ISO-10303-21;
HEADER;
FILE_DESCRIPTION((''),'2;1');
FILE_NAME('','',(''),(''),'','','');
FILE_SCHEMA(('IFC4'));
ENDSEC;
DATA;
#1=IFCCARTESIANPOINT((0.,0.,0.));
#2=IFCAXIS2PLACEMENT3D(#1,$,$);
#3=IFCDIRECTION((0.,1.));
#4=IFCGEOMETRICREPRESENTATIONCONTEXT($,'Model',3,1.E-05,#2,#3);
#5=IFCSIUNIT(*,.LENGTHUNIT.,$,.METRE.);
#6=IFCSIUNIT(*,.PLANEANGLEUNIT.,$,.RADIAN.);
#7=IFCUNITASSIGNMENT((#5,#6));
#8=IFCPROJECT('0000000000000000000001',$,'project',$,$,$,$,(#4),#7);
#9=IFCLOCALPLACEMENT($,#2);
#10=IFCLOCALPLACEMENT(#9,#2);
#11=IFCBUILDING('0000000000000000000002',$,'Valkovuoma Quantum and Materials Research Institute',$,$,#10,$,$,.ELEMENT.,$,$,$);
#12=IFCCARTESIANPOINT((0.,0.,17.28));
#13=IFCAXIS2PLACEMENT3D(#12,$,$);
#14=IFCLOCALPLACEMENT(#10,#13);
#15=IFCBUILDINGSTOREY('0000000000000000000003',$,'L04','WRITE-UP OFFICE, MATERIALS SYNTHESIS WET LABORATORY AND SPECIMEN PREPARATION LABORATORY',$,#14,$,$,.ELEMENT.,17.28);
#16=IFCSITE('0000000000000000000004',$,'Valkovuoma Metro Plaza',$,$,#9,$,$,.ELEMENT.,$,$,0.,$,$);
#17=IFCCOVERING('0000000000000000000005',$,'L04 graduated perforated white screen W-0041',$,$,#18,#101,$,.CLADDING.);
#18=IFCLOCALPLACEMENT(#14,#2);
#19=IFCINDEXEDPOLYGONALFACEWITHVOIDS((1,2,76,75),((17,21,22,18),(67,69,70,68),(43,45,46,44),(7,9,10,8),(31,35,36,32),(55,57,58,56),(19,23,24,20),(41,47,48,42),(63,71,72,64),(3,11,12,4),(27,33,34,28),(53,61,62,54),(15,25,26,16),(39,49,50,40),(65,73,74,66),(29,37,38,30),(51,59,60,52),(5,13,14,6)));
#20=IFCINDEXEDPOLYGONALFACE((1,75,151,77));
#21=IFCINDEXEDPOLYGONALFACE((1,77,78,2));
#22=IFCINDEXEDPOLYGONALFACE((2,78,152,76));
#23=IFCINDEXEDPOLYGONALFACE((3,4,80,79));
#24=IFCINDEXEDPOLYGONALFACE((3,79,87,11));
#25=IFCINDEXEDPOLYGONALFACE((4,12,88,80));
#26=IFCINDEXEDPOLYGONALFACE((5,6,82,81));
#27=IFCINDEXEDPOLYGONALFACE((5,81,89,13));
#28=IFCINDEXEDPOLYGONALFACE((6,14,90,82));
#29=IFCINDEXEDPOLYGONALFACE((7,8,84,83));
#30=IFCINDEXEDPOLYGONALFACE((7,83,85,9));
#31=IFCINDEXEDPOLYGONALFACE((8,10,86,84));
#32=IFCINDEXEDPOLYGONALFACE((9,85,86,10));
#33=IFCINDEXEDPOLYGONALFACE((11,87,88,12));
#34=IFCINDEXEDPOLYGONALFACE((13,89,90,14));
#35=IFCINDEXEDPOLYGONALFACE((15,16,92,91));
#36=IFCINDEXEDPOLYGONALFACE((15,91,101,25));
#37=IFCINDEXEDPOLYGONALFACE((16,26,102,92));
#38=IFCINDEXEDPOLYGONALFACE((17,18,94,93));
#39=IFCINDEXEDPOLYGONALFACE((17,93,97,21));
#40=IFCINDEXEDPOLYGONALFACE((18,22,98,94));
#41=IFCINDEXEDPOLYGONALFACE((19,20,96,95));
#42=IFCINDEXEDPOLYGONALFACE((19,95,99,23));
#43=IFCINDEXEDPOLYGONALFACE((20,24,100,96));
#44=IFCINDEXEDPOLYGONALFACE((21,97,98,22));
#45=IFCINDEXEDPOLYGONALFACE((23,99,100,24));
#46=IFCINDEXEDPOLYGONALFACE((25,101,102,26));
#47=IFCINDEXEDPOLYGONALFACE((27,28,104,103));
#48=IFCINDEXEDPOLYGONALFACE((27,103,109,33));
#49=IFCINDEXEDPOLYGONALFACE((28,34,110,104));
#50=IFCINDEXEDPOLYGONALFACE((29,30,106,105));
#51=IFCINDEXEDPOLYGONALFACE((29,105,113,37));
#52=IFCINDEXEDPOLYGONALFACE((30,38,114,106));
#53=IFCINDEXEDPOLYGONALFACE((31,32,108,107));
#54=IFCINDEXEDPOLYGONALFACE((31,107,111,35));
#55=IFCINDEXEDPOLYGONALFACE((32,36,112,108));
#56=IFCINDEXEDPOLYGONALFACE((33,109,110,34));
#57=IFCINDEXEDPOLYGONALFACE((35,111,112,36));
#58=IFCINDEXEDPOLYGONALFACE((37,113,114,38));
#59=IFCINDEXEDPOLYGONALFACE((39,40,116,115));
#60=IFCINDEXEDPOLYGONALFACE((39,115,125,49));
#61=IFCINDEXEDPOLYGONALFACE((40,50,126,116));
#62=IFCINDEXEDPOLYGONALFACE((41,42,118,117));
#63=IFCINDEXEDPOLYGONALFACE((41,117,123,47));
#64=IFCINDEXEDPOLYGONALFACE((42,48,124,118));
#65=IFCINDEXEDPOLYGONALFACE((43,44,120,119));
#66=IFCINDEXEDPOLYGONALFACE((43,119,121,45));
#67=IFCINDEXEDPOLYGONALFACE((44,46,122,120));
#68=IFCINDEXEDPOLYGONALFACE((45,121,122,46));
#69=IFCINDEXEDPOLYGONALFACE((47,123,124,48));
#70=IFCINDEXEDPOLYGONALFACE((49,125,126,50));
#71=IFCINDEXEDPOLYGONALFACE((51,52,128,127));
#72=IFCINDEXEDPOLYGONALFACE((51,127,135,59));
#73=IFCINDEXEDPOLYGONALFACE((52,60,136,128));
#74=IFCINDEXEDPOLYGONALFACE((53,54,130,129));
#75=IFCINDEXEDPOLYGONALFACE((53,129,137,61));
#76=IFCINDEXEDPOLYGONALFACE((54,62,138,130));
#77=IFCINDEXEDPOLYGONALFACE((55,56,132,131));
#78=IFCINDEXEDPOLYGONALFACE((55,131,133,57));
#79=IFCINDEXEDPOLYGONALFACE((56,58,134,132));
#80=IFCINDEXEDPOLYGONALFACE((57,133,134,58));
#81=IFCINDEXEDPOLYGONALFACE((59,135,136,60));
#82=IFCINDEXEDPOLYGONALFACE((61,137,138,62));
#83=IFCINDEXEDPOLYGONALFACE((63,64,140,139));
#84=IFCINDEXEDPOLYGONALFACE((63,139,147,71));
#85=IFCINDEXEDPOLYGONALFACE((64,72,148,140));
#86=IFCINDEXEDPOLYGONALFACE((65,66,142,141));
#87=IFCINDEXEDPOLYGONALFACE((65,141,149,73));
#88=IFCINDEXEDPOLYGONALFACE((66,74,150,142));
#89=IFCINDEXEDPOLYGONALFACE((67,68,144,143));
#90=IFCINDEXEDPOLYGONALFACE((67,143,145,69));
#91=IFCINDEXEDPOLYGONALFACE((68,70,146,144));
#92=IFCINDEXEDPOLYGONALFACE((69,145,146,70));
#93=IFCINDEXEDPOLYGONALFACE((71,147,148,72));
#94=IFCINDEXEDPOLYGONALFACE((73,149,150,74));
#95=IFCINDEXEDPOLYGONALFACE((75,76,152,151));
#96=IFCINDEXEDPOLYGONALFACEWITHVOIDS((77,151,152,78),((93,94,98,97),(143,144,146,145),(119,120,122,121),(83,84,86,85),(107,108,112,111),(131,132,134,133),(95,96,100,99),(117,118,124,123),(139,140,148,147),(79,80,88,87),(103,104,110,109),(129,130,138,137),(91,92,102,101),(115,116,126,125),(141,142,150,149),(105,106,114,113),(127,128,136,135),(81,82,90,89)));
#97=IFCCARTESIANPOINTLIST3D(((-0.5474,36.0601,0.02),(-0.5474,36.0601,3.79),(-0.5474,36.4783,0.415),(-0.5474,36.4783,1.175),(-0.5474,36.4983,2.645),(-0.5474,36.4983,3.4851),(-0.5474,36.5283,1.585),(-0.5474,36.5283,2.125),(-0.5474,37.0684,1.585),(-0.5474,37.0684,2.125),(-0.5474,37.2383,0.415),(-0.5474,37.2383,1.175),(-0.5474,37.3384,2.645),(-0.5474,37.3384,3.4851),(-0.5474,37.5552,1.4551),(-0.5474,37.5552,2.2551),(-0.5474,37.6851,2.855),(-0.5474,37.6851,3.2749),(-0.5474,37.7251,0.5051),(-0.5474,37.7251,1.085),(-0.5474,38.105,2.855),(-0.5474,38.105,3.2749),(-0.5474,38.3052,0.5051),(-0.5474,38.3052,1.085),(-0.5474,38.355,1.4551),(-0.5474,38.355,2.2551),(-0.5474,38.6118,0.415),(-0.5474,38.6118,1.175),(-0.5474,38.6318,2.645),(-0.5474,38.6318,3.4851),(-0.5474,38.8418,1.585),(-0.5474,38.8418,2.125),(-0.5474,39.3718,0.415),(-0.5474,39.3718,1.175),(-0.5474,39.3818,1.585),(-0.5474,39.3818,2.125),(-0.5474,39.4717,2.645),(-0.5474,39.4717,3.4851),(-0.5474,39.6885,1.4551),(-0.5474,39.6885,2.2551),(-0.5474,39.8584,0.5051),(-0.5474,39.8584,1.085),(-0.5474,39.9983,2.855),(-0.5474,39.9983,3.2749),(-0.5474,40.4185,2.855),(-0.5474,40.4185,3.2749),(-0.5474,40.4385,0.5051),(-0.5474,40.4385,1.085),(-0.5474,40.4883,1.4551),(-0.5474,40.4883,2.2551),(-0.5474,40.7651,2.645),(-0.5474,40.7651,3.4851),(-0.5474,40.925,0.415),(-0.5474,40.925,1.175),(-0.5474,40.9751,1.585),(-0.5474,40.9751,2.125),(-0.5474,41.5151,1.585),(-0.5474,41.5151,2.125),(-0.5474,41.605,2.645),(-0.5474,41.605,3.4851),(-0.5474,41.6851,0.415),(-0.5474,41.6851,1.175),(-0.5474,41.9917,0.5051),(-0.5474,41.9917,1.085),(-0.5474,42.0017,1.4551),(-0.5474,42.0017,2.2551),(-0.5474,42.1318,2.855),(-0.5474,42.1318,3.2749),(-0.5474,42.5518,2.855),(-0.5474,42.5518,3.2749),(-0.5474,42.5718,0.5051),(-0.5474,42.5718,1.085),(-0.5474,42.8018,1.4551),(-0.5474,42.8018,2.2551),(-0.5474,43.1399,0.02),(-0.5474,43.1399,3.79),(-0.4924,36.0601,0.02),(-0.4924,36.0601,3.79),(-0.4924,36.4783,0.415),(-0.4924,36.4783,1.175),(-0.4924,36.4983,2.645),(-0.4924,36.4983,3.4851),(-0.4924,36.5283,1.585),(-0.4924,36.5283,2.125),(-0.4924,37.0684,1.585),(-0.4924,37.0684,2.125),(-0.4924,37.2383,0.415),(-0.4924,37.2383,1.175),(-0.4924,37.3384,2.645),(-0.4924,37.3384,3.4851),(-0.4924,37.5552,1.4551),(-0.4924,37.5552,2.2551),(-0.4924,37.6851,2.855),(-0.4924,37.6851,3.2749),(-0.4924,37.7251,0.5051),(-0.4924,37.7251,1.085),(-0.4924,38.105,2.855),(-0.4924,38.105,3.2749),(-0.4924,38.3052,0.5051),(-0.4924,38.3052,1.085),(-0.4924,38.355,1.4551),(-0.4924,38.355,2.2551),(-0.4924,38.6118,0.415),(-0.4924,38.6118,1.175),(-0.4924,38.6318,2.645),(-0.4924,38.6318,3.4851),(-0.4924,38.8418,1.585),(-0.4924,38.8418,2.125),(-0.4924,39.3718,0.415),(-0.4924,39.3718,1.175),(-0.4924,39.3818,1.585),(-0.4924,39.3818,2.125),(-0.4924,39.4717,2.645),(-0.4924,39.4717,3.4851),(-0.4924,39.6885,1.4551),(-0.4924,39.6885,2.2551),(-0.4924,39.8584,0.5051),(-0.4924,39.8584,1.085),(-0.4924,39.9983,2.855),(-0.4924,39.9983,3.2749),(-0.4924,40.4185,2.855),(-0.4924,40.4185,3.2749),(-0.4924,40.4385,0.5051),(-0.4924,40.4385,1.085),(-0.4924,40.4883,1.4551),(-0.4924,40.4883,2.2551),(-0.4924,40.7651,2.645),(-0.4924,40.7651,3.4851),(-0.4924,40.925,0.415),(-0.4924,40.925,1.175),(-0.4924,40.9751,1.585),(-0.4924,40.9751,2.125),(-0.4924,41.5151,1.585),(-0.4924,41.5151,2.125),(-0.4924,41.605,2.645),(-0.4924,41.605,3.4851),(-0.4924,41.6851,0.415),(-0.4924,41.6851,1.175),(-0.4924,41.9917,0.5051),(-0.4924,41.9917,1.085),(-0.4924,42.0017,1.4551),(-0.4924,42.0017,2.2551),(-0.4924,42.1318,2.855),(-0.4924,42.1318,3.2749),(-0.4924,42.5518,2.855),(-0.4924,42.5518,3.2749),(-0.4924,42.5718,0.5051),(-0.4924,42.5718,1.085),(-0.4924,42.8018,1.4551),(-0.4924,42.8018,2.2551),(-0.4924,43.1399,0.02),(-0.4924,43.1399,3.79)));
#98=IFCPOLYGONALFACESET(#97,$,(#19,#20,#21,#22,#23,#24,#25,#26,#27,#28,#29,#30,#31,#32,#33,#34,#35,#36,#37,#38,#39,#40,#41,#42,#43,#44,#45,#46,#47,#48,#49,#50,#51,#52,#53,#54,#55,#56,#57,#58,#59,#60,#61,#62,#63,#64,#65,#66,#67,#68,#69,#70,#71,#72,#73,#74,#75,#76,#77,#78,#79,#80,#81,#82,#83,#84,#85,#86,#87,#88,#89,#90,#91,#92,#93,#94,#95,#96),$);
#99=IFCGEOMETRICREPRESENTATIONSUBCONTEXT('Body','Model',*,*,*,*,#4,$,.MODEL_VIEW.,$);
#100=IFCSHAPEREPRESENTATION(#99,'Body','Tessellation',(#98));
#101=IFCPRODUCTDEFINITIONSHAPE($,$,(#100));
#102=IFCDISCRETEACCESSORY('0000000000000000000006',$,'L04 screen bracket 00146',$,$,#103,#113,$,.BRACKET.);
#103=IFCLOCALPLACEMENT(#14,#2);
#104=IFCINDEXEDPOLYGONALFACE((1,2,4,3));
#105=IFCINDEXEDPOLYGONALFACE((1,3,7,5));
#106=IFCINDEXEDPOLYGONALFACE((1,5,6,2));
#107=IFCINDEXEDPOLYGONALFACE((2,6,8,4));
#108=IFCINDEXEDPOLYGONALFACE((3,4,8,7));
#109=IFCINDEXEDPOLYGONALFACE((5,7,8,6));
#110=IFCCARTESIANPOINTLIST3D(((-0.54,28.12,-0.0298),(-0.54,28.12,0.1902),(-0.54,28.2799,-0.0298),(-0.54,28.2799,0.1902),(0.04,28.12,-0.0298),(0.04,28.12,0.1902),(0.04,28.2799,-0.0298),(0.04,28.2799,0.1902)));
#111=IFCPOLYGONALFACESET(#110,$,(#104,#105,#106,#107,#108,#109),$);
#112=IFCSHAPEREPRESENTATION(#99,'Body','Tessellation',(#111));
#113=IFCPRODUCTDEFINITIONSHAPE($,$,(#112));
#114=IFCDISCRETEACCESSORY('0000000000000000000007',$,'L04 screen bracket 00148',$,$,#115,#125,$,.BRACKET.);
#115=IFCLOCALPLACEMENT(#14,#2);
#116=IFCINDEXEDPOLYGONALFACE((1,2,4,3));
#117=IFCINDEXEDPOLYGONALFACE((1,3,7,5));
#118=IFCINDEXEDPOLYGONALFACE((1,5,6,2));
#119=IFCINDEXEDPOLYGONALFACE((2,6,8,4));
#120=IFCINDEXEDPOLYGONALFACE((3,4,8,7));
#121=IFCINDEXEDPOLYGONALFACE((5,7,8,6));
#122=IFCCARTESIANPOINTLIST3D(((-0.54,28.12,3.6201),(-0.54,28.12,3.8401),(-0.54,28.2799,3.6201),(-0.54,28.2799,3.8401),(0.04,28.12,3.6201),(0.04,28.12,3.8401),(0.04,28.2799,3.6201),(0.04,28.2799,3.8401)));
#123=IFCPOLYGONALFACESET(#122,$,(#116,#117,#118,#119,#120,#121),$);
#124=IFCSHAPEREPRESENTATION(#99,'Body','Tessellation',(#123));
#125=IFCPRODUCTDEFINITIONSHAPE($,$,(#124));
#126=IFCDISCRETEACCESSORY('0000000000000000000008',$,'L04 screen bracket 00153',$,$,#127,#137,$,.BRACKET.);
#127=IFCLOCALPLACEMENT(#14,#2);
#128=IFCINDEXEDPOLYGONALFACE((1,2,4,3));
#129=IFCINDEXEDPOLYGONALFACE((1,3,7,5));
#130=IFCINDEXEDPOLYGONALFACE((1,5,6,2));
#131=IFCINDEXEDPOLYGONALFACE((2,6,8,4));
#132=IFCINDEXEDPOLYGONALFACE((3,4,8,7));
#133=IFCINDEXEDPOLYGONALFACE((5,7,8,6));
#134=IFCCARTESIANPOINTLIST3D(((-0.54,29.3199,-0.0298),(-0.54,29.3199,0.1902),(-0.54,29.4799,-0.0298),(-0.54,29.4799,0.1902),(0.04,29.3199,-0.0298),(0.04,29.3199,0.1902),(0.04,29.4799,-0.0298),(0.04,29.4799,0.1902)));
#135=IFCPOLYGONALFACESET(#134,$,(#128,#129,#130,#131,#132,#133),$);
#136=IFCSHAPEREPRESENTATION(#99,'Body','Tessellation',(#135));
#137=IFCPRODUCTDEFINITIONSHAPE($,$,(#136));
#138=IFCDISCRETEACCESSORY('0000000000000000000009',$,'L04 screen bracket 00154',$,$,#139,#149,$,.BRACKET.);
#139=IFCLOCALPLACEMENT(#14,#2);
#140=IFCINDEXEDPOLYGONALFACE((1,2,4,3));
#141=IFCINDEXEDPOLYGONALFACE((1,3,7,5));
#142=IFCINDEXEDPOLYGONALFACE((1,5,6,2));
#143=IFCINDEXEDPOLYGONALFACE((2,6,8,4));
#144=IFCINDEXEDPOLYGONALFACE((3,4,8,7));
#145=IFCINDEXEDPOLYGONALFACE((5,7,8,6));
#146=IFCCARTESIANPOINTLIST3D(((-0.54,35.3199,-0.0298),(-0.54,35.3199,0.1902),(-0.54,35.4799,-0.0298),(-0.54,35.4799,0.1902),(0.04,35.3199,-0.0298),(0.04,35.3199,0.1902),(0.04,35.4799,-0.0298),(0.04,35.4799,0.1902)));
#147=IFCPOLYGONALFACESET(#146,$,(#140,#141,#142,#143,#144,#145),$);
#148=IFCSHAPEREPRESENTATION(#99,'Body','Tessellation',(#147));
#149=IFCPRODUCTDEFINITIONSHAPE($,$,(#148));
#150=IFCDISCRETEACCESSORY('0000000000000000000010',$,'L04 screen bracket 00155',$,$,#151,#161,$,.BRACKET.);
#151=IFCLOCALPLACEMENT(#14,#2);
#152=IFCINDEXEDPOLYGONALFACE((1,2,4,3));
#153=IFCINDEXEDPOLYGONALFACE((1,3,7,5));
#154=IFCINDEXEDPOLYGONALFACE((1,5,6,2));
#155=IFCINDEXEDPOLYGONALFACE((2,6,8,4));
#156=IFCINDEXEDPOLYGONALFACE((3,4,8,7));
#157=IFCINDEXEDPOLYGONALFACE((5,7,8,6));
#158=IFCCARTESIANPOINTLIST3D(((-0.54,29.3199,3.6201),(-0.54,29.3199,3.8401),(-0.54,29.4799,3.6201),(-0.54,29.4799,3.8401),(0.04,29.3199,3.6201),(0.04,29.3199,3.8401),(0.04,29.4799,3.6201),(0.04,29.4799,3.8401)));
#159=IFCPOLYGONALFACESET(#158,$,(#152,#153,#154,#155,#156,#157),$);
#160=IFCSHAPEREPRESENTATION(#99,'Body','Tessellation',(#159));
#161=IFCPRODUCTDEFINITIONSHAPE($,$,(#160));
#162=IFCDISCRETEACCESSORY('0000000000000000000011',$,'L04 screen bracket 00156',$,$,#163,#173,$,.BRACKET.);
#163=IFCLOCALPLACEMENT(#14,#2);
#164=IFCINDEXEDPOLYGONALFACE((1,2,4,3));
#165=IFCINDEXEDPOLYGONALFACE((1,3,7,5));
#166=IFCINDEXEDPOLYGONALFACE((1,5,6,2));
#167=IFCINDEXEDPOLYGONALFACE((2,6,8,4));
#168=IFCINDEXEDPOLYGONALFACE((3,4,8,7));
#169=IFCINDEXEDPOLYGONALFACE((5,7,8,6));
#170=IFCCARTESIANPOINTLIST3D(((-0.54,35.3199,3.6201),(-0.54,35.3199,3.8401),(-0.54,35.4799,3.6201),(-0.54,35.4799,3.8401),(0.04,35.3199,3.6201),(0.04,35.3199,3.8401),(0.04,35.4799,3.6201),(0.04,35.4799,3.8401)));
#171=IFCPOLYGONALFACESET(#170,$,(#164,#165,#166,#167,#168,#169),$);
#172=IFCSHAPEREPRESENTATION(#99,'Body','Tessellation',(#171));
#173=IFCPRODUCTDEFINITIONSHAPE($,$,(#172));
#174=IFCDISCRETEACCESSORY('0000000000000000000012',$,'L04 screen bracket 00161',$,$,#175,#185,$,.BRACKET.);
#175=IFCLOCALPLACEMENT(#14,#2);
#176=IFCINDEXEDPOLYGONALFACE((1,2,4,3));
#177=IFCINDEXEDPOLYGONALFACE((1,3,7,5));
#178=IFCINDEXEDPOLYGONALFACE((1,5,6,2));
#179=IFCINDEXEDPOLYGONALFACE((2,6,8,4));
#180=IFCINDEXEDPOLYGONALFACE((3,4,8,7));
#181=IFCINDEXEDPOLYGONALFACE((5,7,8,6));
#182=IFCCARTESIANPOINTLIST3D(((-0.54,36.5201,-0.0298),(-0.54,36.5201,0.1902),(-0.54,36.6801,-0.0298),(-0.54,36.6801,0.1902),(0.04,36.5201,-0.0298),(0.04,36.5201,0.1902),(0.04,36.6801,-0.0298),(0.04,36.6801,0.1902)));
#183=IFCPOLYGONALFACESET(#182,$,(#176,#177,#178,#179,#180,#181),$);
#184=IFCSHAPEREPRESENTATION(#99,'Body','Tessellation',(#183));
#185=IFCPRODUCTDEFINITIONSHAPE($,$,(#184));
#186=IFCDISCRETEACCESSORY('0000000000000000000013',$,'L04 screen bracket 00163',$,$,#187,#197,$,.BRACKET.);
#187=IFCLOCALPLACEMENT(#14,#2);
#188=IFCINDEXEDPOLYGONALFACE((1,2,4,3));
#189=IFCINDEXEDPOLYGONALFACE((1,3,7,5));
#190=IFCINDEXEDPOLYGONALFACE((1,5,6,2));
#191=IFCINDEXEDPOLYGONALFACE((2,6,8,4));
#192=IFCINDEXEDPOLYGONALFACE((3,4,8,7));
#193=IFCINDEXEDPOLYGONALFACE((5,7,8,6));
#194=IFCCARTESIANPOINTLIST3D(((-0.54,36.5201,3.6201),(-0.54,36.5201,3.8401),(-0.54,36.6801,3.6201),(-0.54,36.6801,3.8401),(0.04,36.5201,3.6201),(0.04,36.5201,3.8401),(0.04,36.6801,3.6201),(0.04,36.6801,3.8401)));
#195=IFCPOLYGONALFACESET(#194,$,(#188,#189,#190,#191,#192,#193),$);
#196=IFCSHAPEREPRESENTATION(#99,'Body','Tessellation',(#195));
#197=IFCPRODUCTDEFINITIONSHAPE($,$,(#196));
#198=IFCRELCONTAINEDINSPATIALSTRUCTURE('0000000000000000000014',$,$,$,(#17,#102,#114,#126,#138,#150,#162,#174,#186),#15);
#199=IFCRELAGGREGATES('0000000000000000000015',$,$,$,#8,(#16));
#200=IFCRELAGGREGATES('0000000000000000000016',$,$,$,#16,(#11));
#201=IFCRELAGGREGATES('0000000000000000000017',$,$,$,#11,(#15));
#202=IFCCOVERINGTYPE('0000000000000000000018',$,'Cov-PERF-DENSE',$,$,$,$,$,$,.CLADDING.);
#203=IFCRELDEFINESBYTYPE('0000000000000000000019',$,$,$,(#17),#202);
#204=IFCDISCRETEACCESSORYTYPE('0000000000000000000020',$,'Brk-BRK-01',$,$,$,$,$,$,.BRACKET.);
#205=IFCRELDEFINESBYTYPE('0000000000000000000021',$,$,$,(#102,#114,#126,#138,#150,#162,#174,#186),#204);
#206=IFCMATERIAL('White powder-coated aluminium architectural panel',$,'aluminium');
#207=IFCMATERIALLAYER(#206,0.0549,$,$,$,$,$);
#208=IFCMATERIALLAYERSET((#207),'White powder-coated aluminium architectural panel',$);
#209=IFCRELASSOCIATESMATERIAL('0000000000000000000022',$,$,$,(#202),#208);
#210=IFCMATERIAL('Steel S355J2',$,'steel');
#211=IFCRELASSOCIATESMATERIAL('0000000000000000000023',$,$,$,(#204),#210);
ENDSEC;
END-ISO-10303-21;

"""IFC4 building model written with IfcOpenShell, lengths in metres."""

from ifc_helpers import new_model, si_unit, direction, frame, origin, origin_2d, place, context, subcontext, project, spatial, polyline, rectangle, outline, extrude, material, layer, layer_set, type_object, element, save


model = new_model("IFC4")

# Units and contexts
model_context = context("Model", 3, precision=1e-05, world=origin(), true_north=direction((0.0, 1.0)))
body_context = subcontext(model_context, "Body", "Model", "MODEL_VIEW")
ifc_project = project(units=[si_unit("LENGTHUNIT", "METRE"), si_unit("PLANEANGLEUNIT", "RADIAN")], contexts=[model_context])

# Site, building, storey
site_placement = place(None, origin())
site = spatial("IfcSite", under=ifc_project, at=site_placement, Name="Valkovuoma Metro Plaza", CompositionType="ELEMENT", RefElevation=0.0)
building_placement = place(site_placement, origin())
building = spatial("IfcBuilding", under=site, at=building_placement, Name="Valkovuoma Quantum and Materials Research Institute", CompositionType="ELEMENT")
storey_placement = place(building_placement, frame((0.0, 0.0, 17.28)))
storey = spatial("IfcBuildingStorey", under=building, at=storey_placement, Name="L04", Description="WRITE-UP OFFICE, MATERIALS SYNTHESIS WET LABORATORY AND SPECIMEN PREPARATION LABORATORY", CompositionType="ELEMENT", Elevation=17.28)

# Covering
ifc_material_1 = material(Name="White powder-coated aluminium architectural panel", Category="aluminium")
ifc_layer_1 = layer(ifc_material_1, 0.0549)
ifc_layer_set_1 = layer_set([ifc_layer_1], Name="White powder-coated aluminium architectural panel")
covering_type = type_object("IfcCoveringType", Name="Cov-PERF-DENSE", PredefinedType="CLADDING", material=ifc_layer_set_1)
covering_1_placement = place(storey_placement, frame((-0.52, 36.0601, 0.02), z_axis=(0.0, 0.0, 1.0), x_axis=(0.0, 1.0, 0.0)))
element("IfcCovering", 1, at=covering_1_placement, inside=storey, type_object=covering_type, Name="L04 graduated perforated white screen W-0041", PredefinedType="CLADDING", context=body_context, shape_type="SweptSolid", body=[
    extrude(outline(polyline([(0.0, 0.0), (7.0798, 0.0), (7.0798, 3.77), (0.0, 3.77), (0.0, 0.0)]), holes=[polyline([(0.4182, 0.395), (0.4182, 1.155), (1.1782, 1.155), (1.1782, 0.395), (0.4182, 0.395)]), polyline([(0.4683, 1.5649), (0.4683, 2.105), (1.0083, 2.105), (1.0083, 1.5649), (0.4683, 1.5649)]), polyline([(0.4382, 2.625), (0.4382, 3.4651), (1.2783, 3.4651), (1.2783, 2.625), (0.4382, 2.625)]), polyline([(1.665, 0.4851), (1.665, 1.0649), (2.2451, 1.0649), (2.2451, 0.4851), (1.665, 0.4851)]), polyline([(1.4951, 1.4351), (1.4951, 2.2351), (2.2949, 2.2351), (2.2949, 1.4351), (1.4951, 1.4351)]), polyline([(1.625, 2.835), (1.625, 3.2549), (2.0449, 3.2549), (2.0449, 2.835), (1.625, 2.835)]), polyline([(2.5518, 0.395), (2.5518, 1.155), (3.3118, 1.155), (3.3118, 0.395), (2.5518, 0.395)]), polyline([(2.7817, 1.5649), (2.7817, 2.105), (3.3218, 2.105), (3.3218, 1.5649), (2.7817, 1.5649)]), polyline([(2.5718, 2.625), (2.5718, 3.4651), (3.4116, 3.4651), (3.4116, 2.625), (2.5718, 2.625)]), polyline([(3.7983, 0.4851), (3.7983, 1.0649), (4.3784, 1.0649), (4.3784, 0.4851), (3.7983, 0.4851)]), polyline([(3.6284, 1.4351), (3.6284, 2.2351), (4.4282, 2.2351), (4.4282, 1.4351), (3.6284, 1.4351)]), polyline([(3.9382, 2.835), (3.9382, 3.2549), (4.3584, 3.2549), (4.3584, 2.835), (3.9382, 2.835)]), polyline([(4.865, 0.395), (4.865, 1.155), (5.625, 1.155), (5.625, 0.395), (4.865, 0.395)]), polyline([(4.915, 1.5649), (4.915, 2.105), (5.4551, 2.105), (5.4551, 1.5649), (4.915, 1.5649)]), polyline([(4.7051, 2.625), (4.7051, 3.4651), (5.5449, 3.4651), (5.5449, 2.625), (4.7051, 2.625)]), polyline([(5.9316, 0.4851), (5.9316, 1.0649), (6.5117, 1.0649), (6.5117, 0.4851), (5.9316, 0.4851)]), polyline([(5.9417, 1.4351), (5.9417, 2.2351), (6.7417, 2.2351), (6.7417, 1.4351), (5.9417, 1.4351)]), polyline([(6.0718, 2.835), (6.0718, 3.2549), (6.4917, 3.2549), (6.4917, 2.835), (6.0718, 2.835)])]), frame((0.0, 0.0273, 0.0), z_axis=(0.0, -1.0, 0.0), x_axis=(1.0, 0.0, 0.0)), (0.0, 0.0, 1.0), 0.0549),
])

# Discrete accessories
ifc_material_2 = material(Name="Steel S355J2", Category="steel")
discrete_accessory_type_1 = type_object("IfcDiscreteAccessoryType", Name="Brk-BRK-01", PredefinedType="BRACKET", material=ifc_material_2)
for number, where, z_axis, x_axis, name in (
    (2, (-0.25, 28.2, -0.0298), (0.0, 0.0, 1.0), (1.0, 0.0, 0.0), "L04 screen bracket 00146"),
    (3, (-0.25, 28.2, 3.6201), (0.0, 0.0, 1.0), (1.0, 0.0, 0.0), "L04 screen bracket 00148"),
    (4, (-0.25, 29.3999, -0.0298), (0.0, 0.0, 1.0), (1.0, 0.0, 0.0), "L04 screen bracket 00153"),
    (5, (-0.25, 35.3999, -0.0298), (0.0, 0.0, 1.0), (1.0, 0.0, 0.0), "L04 screen bracket 00154"),
    (6, (-0.25, 29.3999, 3.6201), (0.0, 0.0, 1.0), (1.0, 0.0, 0.0), "L04 screen bracket 00155"),
    (7, (-0.25, 35.3999, 3.6201), (0.0, 0.0, 1.0), (1.0, 0.0, 0.0), "L04 screen bracket 00156"),
    (8, (-0.25, 36.6001, -0.0298), (0.0, 0.0, 1.0), (1.0, 0.0, 0.0), "L04 screen bracket 00161"),
    (9, (-0.25, 36.6001, 3.6201), (0.0, 0.0, 1.0), (1.0, 0.0, 0.0), "L04 screen bracket 00163"),
):
    element("IfcDiscreteAccessory", number, at=place(storey_placement, frame(where, z_axis=z_axis, x_axis=x_axis)), inside=storey, type_object=discrete_accessory_type_1, Name=name, PredefinedType="BRACKET", context=body_context, shape_type="SweptSolid", body=[
        extrude(rectangle(XDim=0.5801, YDim=0.1599, at=origin_2d()), origin(), (0.0, 0.0, 1.0), 0.22),
    ])

save(model, "model.ifc")
